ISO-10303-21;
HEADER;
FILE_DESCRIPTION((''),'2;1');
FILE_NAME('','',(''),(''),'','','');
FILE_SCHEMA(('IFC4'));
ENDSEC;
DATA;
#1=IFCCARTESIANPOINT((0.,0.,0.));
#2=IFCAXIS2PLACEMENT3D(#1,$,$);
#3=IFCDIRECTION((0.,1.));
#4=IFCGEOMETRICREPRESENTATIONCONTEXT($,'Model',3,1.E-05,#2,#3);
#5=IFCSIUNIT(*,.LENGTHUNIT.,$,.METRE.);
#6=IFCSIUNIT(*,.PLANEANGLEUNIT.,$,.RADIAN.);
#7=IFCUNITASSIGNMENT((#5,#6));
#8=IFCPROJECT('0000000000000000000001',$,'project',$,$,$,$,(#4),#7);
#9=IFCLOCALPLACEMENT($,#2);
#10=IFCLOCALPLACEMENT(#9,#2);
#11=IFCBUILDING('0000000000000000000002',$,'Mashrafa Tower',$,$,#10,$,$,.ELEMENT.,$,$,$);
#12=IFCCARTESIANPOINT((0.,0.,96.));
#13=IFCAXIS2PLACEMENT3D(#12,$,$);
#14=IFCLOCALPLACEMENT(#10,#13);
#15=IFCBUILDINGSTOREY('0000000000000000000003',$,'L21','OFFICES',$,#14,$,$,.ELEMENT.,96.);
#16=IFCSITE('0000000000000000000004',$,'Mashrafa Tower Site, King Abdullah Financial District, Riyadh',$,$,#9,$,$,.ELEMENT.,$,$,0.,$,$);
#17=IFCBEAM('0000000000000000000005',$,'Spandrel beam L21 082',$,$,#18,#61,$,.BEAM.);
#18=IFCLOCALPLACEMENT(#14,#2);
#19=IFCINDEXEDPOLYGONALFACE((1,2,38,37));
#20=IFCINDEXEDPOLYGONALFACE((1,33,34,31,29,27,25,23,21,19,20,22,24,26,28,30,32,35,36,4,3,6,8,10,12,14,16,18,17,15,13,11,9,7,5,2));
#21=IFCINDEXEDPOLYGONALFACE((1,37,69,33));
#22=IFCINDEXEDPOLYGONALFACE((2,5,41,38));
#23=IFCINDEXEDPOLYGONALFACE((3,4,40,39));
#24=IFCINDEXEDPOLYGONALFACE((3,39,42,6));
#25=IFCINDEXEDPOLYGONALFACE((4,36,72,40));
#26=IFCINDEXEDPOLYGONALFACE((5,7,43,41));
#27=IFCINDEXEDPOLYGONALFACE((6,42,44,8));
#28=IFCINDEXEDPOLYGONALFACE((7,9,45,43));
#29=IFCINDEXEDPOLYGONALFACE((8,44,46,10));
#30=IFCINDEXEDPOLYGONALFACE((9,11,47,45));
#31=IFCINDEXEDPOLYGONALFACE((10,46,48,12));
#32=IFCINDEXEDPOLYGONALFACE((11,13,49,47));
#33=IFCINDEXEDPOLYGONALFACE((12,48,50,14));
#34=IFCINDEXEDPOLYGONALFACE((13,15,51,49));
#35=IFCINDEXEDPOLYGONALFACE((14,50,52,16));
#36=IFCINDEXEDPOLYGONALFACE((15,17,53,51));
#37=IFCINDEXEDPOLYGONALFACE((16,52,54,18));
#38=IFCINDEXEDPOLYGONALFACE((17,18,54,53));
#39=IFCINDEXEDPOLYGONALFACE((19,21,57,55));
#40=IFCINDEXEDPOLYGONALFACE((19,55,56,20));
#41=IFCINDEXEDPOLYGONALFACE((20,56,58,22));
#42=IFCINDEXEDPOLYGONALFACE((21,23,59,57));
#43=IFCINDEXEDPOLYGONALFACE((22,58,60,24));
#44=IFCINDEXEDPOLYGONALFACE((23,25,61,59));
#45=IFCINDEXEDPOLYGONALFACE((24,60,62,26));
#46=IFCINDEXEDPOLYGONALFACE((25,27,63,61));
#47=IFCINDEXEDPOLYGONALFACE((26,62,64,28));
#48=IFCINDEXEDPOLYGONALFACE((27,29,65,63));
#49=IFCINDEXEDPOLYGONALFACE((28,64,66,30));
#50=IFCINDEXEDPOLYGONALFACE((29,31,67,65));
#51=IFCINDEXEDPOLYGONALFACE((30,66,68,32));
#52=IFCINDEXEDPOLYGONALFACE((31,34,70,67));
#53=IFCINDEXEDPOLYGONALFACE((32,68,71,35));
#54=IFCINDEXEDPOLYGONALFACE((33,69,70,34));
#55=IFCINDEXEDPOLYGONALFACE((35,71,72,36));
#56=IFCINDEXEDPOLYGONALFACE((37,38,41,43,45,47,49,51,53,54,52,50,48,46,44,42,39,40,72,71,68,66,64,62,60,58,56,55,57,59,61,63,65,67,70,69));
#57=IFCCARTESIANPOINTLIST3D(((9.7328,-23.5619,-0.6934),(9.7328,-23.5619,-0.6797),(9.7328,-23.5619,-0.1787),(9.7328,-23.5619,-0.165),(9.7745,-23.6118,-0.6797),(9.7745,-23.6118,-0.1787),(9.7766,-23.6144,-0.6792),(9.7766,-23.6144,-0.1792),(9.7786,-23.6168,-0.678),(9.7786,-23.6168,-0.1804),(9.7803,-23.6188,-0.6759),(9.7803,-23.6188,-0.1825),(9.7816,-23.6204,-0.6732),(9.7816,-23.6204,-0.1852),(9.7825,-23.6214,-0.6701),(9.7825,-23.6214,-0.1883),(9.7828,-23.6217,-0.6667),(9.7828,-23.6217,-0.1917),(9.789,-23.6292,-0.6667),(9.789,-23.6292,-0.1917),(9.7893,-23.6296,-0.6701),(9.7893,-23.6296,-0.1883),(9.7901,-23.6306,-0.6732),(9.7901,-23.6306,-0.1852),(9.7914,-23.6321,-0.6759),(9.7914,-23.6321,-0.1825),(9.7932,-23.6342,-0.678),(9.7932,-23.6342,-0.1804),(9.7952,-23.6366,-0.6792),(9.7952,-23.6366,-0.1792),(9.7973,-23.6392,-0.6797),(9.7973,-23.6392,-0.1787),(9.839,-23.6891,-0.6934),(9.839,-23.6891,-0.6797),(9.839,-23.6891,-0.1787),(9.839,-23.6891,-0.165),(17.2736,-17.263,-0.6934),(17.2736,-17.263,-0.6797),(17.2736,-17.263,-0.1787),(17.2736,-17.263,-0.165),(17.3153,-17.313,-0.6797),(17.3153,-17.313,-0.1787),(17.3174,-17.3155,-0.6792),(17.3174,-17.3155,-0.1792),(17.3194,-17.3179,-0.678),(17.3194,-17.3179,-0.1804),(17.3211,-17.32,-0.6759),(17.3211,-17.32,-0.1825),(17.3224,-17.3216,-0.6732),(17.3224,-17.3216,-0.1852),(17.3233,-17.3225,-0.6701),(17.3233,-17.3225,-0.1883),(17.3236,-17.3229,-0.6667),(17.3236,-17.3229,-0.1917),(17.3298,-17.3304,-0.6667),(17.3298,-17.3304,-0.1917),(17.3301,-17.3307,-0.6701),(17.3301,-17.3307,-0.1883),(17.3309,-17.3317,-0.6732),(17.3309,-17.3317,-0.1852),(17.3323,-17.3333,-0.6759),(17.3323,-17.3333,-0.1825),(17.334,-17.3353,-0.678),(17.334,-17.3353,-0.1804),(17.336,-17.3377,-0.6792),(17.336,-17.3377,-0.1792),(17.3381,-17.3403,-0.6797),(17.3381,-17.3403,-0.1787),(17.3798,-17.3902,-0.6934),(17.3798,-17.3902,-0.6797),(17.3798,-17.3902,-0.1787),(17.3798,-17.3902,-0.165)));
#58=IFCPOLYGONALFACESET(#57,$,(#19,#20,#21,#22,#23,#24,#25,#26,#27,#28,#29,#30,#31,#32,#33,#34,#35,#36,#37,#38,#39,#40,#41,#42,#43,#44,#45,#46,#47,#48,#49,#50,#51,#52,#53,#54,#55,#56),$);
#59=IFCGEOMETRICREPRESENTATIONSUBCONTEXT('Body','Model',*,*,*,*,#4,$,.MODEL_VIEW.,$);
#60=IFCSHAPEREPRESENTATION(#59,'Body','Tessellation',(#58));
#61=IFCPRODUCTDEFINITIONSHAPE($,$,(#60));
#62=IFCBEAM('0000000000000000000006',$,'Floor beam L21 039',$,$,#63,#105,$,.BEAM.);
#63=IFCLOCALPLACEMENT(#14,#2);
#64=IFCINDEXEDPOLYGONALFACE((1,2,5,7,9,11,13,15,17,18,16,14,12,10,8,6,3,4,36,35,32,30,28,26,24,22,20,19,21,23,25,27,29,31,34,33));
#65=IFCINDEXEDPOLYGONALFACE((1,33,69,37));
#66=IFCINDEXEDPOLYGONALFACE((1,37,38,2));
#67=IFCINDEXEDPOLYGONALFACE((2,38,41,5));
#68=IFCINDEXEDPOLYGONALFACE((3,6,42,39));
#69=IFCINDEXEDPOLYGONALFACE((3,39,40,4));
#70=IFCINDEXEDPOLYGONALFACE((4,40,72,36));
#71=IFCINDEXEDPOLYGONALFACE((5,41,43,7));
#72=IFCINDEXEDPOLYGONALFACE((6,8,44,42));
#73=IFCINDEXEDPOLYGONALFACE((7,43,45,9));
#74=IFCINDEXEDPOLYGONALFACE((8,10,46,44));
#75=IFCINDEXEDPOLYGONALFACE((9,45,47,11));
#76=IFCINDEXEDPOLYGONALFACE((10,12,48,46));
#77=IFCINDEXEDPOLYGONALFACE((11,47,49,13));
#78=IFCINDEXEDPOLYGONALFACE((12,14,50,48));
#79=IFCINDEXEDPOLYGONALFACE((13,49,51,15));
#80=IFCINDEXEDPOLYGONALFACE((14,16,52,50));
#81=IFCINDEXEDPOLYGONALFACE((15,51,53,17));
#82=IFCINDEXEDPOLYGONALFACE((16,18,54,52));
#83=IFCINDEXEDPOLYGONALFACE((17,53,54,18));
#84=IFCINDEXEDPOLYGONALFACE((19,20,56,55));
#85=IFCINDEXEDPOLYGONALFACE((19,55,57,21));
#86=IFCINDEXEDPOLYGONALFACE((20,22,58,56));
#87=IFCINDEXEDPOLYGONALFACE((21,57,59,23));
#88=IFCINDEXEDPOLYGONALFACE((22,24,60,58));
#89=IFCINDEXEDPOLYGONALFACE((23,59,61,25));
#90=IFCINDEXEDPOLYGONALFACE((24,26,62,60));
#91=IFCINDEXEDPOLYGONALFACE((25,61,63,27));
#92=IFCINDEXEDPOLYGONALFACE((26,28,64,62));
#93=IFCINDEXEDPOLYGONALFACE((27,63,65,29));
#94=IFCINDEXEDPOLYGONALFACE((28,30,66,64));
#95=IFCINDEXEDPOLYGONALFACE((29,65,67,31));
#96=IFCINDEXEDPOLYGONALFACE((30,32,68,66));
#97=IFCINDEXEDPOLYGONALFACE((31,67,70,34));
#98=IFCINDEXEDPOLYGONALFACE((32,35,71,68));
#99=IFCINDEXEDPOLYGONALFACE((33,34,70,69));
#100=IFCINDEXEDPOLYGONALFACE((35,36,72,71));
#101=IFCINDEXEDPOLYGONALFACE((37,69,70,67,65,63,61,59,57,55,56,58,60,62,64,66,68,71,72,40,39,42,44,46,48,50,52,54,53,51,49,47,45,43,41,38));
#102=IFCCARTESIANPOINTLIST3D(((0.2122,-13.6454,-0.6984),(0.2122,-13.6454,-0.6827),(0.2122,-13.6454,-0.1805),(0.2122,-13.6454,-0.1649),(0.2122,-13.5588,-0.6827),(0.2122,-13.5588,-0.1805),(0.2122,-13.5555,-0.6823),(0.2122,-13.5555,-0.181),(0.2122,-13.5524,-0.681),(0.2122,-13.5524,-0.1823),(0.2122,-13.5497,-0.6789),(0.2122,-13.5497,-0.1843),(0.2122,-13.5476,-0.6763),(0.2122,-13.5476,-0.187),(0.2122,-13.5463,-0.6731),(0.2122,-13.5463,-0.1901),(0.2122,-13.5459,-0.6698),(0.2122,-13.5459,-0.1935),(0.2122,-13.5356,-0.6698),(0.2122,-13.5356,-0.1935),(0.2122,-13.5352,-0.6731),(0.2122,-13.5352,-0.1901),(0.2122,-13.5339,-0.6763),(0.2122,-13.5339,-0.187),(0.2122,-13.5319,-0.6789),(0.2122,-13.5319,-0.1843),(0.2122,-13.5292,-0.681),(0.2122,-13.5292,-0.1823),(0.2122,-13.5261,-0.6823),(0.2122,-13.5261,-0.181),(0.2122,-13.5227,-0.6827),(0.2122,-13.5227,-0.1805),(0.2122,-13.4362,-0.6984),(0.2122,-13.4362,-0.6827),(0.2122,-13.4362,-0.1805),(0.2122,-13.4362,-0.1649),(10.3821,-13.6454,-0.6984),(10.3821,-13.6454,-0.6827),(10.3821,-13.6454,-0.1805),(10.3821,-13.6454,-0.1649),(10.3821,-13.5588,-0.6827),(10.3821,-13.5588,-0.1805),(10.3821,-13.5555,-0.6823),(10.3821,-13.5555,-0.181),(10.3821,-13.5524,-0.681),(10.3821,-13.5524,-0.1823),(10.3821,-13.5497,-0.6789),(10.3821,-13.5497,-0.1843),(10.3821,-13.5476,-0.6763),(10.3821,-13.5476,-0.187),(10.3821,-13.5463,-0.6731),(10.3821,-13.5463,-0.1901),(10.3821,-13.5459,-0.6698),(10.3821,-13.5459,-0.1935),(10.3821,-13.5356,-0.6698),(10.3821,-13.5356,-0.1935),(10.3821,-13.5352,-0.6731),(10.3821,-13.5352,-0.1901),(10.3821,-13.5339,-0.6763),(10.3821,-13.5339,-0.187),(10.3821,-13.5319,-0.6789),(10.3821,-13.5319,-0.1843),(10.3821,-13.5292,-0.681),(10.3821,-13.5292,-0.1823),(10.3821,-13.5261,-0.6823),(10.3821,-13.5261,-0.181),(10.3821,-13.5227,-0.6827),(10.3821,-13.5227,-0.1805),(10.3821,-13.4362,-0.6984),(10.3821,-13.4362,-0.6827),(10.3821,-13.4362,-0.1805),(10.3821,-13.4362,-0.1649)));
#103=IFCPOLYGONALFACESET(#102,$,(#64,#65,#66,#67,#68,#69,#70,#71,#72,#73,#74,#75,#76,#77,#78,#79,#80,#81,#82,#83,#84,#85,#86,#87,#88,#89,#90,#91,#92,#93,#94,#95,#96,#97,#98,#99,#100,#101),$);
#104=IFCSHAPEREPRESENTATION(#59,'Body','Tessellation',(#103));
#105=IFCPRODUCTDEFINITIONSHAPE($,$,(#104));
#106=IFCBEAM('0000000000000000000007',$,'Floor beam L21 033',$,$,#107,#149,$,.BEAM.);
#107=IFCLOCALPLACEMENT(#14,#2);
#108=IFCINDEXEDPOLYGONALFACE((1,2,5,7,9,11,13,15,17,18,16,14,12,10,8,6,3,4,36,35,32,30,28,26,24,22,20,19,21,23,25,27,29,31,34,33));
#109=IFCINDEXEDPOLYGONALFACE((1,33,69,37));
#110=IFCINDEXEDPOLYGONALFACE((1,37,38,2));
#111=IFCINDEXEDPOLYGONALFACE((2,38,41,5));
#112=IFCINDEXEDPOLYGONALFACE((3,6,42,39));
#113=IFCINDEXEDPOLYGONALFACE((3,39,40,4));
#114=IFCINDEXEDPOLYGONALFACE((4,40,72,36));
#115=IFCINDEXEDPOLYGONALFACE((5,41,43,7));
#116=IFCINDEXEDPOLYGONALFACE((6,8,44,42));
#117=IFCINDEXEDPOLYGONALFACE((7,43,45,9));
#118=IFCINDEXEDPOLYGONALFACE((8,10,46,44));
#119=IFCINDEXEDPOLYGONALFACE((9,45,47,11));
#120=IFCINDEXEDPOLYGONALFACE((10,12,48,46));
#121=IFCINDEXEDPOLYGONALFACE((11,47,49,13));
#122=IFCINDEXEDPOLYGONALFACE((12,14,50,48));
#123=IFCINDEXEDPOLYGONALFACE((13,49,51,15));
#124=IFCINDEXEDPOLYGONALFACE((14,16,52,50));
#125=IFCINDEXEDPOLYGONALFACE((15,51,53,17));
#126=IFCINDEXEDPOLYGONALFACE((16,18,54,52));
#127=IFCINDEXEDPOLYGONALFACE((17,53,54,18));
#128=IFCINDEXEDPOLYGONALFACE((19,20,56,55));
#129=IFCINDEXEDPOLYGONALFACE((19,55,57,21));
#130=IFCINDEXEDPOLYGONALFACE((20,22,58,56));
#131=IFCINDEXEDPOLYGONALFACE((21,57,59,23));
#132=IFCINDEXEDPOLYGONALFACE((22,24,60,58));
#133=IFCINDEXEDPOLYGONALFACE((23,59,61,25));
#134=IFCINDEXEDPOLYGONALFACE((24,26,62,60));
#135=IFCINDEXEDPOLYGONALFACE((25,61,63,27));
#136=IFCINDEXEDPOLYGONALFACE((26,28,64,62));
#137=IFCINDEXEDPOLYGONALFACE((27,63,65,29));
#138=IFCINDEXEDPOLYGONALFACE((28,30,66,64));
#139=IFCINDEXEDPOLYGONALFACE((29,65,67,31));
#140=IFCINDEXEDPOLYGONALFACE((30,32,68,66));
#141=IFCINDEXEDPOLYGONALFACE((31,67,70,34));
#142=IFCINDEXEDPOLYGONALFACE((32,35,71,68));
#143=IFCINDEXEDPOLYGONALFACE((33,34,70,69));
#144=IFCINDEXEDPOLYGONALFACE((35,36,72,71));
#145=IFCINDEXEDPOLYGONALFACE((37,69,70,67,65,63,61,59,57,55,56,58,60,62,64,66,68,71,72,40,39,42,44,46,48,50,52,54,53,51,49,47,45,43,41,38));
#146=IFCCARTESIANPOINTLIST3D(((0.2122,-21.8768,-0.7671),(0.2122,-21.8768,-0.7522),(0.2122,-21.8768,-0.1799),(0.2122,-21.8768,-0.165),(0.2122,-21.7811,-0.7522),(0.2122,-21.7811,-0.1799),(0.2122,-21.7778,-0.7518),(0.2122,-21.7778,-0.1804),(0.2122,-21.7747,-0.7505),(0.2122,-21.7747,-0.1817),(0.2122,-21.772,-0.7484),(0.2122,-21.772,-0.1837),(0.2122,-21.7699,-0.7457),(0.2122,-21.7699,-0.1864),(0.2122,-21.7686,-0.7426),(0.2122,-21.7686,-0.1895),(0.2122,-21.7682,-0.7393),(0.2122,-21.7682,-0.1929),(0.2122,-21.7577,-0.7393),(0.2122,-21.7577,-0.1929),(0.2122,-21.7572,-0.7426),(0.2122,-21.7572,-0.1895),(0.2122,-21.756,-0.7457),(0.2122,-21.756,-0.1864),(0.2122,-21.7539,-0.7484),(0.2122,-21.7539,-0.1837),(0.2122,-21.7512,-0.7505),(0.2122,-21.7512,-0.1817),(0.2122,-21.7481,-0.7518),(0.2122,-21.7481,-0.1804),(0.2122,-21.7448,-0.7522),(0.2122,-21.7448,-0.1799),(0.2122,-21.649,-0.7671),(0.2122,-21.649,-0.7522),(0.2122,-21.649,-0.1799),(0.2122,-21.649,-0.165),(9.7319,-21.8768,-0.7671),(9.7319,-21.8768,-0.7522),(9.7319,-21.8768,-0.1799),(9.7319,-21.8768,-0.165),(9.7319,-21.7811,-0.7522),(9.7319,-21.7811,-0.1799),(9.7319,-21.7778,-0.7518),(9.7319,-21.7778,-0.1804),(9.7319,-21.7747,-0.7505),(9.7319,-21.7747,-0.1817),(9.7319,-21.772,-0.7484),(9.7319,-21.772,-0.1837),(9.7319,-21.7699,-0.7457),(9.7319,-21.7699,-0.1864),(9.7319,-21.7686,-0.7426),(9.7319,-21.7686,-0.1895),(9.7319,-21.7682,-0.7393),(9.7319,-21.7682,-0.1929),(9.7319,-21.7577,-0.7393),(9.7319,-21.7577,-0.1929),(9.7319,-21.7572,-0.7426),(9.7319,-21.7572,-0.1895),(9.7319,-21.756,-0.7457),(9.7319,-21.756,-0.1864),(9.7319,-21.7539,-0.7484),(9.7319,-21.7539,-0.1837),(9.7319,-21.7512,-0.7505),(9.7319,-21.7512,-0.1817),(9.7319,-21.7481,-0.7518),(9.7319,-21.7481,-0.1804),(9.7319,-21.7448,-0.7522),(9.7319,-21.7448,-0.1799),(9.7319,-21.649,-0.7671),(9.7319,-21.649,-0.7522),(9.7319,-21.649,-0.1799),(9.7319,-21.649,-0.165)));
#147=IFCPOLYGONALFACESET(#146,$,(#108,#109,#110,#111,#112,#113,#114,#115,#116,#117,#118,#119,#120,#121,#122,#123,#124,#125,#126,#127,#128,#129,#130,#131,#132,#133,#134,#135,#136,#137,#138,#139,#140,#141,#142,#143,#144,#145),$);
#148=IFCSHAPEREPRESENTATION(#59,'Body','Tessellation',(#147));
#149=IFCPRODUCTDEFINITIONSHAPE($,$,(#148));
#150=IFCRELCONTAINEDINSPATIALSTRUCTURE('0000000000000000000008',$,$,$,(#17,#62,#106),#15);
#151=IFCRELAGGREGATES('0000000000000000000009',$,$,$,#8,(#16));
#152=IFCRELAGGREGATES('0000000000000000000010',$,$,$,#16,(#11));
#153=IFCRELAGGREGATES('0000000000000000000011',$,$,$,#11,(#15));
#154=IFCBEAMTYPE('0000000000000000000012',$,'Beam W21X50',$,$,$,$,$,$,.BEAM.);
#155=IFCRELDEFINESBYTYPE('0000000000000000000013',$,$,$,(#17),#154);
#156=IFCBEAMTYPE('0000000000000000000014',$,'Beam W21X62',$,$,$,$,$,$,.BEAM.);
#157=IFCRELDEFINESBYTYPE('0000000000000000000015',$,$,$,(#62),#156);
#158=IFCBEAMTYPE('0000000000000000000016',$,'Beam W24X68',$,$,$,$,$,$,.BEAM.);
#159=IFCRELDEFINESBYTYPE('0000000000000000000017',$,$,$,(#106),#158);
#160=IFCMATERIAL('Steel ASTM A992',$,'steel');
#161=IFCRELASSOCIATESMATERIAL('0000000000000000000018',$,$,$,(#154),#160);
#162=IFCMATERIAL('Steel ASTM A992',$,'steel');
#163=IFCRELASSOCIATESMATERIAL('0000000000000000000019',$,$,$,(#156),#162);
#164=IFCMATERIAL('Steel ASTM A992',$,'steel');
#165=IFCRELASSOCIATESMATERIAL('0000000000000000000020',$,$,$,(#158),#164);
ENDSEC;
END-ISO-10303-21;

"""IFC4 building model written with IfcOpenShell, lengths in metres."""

from ifc_helpers import new_model, si_unit, direction, frame, origin, origin_2d, place, context, subcontext, project, spatial, i_section, extrude, material, material_profile, profile_set, type_object, element, save


model = new_model("IFC4")

# Units and contexts
model_context = context("Model", 3, precision=1e-05, world=origin(), true_north=direction((0.0, 1.0)))
body_context = subcontext(model_context, "Body", "Model", "MODEL_VIEW")
ifc_project = project(units=[si_unit("LENGTHUNIT", "METRE"), si_unit("PLANEANGLEUNIT", "RADIAN")], contexts=[model_context])

# Site, building, storey
site_placement = place(None, origin())
site = spatial("IfcSite", under=ifc_project, at=site_placement, Name="Mashrafa Tower Site, King Abdullah Financial District, Riyadh", CompositionType="ELEMENT", RefElevation=0.0)
building_placement = place(site_placement, origin())
building = spatial("IfcBuilding", under=site, at=building_placement, Name="Mashrafa Tower", CompositionType="ELEMENT")
storey_placement = place(building_placement, frame((0.0, 0.0, 96.0)))
storey = spatial("IfcBuildingStorey", under=building, at=storey_placement, Name="L21", Description="OFFICES", CompositionType="ELEMENT", Elevation=96.0)

# Beams
ifc_material_1 = material(Name="Steel ASTM A992", Category="steel")
ifc_material_profile_1 = material_profile(ifc_material_1, i_section(OverallWidth=0.1658, OverallDepth=0.5283, WebThickness=0.0098, FlangeThickness=0.0137, FilletRadius=0.0129, at=origin_2d()), Name="W21X50")
ifc_profile_set_1 = profile_set([ifc_material_profile_1], Name="Steel ASTM A992")
beam_type_1 = type_object("IfcBeamType", Name="Beam W21X50", PredefinedType="BEAM", material=ifc_profile_set_1)
beam_1_placement = place(storey_placement, frame((9.7859, -23.6255, -0.4292), z_axis=(0.767477, 0.641076, 0.0), x_axis=(-0.641076, 0.767477, 0.0)))
element("IfcBeam", 1, at=beam_1_placement, inside=storey, type_object=beam_type_1, Name="Spandrel beam L21 082", PredefinedType="BEAM", context=body_context, shape_type="SweptSolid", body=[
    extrude(i_section(OverallWidth=0.1658, OverallDepth=0.5283, WebThickness=0.0098, FlangeThickness=0.0137, FilletRadius=0.0129, at=origin_2d()), origin(), (0.0, 0.0, 1.0), 9.8254),
])
ifc_material_2 = material(Name="Steel ASTM A992", Category="steel")
ifc_material_profile_2 = material_profile(ifc_material_2, i_section(OverallWidth=0.2092, OverallDepth=0.5334, WebThickness=0.0103, FlangeThickness=0.0156, FilletRadius=0.0129, at=origin_2d()), Name="W21X62")
ifc_profile_set_2 = profile_set([ifc_material_profile_2], Name="Steel ASTM A992")
beam_type_2 = type_object("IfcBeamType", Name="Beam W21X62", PredefinedType="BEAM", material=ifc_profile_set_2)
beam_2_placement = place(storey_placement, frame((10.3821, -13.5408, -0.4316), z_axis=(-1.0, 0.0, 0.0), x_axis=(0.0, -1.0, 0.0)))
element("IfcBeam", 2, at=beam_2_placement, inside=storey, type_object=beam_type_2, Name="Floor beam L21 039", PredefinedType="BEAM", context=body_context, shape_type="SweptSolid", body=[
    extrude(i_section(OverallWidth=0.2092, OverallDepth=0.5334, WebThickness=0.0103, FlangeThickness=0.0156, FilletRadius=0.0129, at=origin_2d()), origin(), (0.0, 0.0, 1.0), 10.1699),
])
ifc_material_3 = material(Name="Steel ASTM A992", Category="steel")
ifc_material_profile_3 = material_profile(ifc_material_3, i_section(OverallWidth=0.2278, OverallDepth=0.6021, WebThickness=0.0105, FlangeThickness=0.0149, FilletRadius=0.0129, at=origin_2d()), Name="W24X68")
ifc_profile_set_3 = profile_set([ifc_material_profile_3], Name="Steel ASTM A992")
beam_type_3 = type_object("IfcBeamType", Name="Beam W24X68", PredefinedType="BEAM", material=ifc_profile_set_3)
beam_3_placement = place(storey_placement, frame((9.7319, -21.7629, -0.4661), z_axis=(-1.0, 0.0, 0.0), x_axis=(0.0, -1.0, 0.0)))
element("IfcBeam", 3, at=beam_3_placement, inside=storey, type_object=beam_type_3, Name="Floor beam L21 033", PredefinedType="BEAM", context=body_context, shape_type="SweptSolid", body=[
    extrude(i_section(OverallWidth=0.2278, OverallDepth=0.6021, WebThickness=0.0105, FlangeThickness=0.0149, FilletRadius=0.0129, at=origin_2d()), origin(), (0.0, 0.0, 1.0), 9.5198),
])

save(model, "model.ifc")
